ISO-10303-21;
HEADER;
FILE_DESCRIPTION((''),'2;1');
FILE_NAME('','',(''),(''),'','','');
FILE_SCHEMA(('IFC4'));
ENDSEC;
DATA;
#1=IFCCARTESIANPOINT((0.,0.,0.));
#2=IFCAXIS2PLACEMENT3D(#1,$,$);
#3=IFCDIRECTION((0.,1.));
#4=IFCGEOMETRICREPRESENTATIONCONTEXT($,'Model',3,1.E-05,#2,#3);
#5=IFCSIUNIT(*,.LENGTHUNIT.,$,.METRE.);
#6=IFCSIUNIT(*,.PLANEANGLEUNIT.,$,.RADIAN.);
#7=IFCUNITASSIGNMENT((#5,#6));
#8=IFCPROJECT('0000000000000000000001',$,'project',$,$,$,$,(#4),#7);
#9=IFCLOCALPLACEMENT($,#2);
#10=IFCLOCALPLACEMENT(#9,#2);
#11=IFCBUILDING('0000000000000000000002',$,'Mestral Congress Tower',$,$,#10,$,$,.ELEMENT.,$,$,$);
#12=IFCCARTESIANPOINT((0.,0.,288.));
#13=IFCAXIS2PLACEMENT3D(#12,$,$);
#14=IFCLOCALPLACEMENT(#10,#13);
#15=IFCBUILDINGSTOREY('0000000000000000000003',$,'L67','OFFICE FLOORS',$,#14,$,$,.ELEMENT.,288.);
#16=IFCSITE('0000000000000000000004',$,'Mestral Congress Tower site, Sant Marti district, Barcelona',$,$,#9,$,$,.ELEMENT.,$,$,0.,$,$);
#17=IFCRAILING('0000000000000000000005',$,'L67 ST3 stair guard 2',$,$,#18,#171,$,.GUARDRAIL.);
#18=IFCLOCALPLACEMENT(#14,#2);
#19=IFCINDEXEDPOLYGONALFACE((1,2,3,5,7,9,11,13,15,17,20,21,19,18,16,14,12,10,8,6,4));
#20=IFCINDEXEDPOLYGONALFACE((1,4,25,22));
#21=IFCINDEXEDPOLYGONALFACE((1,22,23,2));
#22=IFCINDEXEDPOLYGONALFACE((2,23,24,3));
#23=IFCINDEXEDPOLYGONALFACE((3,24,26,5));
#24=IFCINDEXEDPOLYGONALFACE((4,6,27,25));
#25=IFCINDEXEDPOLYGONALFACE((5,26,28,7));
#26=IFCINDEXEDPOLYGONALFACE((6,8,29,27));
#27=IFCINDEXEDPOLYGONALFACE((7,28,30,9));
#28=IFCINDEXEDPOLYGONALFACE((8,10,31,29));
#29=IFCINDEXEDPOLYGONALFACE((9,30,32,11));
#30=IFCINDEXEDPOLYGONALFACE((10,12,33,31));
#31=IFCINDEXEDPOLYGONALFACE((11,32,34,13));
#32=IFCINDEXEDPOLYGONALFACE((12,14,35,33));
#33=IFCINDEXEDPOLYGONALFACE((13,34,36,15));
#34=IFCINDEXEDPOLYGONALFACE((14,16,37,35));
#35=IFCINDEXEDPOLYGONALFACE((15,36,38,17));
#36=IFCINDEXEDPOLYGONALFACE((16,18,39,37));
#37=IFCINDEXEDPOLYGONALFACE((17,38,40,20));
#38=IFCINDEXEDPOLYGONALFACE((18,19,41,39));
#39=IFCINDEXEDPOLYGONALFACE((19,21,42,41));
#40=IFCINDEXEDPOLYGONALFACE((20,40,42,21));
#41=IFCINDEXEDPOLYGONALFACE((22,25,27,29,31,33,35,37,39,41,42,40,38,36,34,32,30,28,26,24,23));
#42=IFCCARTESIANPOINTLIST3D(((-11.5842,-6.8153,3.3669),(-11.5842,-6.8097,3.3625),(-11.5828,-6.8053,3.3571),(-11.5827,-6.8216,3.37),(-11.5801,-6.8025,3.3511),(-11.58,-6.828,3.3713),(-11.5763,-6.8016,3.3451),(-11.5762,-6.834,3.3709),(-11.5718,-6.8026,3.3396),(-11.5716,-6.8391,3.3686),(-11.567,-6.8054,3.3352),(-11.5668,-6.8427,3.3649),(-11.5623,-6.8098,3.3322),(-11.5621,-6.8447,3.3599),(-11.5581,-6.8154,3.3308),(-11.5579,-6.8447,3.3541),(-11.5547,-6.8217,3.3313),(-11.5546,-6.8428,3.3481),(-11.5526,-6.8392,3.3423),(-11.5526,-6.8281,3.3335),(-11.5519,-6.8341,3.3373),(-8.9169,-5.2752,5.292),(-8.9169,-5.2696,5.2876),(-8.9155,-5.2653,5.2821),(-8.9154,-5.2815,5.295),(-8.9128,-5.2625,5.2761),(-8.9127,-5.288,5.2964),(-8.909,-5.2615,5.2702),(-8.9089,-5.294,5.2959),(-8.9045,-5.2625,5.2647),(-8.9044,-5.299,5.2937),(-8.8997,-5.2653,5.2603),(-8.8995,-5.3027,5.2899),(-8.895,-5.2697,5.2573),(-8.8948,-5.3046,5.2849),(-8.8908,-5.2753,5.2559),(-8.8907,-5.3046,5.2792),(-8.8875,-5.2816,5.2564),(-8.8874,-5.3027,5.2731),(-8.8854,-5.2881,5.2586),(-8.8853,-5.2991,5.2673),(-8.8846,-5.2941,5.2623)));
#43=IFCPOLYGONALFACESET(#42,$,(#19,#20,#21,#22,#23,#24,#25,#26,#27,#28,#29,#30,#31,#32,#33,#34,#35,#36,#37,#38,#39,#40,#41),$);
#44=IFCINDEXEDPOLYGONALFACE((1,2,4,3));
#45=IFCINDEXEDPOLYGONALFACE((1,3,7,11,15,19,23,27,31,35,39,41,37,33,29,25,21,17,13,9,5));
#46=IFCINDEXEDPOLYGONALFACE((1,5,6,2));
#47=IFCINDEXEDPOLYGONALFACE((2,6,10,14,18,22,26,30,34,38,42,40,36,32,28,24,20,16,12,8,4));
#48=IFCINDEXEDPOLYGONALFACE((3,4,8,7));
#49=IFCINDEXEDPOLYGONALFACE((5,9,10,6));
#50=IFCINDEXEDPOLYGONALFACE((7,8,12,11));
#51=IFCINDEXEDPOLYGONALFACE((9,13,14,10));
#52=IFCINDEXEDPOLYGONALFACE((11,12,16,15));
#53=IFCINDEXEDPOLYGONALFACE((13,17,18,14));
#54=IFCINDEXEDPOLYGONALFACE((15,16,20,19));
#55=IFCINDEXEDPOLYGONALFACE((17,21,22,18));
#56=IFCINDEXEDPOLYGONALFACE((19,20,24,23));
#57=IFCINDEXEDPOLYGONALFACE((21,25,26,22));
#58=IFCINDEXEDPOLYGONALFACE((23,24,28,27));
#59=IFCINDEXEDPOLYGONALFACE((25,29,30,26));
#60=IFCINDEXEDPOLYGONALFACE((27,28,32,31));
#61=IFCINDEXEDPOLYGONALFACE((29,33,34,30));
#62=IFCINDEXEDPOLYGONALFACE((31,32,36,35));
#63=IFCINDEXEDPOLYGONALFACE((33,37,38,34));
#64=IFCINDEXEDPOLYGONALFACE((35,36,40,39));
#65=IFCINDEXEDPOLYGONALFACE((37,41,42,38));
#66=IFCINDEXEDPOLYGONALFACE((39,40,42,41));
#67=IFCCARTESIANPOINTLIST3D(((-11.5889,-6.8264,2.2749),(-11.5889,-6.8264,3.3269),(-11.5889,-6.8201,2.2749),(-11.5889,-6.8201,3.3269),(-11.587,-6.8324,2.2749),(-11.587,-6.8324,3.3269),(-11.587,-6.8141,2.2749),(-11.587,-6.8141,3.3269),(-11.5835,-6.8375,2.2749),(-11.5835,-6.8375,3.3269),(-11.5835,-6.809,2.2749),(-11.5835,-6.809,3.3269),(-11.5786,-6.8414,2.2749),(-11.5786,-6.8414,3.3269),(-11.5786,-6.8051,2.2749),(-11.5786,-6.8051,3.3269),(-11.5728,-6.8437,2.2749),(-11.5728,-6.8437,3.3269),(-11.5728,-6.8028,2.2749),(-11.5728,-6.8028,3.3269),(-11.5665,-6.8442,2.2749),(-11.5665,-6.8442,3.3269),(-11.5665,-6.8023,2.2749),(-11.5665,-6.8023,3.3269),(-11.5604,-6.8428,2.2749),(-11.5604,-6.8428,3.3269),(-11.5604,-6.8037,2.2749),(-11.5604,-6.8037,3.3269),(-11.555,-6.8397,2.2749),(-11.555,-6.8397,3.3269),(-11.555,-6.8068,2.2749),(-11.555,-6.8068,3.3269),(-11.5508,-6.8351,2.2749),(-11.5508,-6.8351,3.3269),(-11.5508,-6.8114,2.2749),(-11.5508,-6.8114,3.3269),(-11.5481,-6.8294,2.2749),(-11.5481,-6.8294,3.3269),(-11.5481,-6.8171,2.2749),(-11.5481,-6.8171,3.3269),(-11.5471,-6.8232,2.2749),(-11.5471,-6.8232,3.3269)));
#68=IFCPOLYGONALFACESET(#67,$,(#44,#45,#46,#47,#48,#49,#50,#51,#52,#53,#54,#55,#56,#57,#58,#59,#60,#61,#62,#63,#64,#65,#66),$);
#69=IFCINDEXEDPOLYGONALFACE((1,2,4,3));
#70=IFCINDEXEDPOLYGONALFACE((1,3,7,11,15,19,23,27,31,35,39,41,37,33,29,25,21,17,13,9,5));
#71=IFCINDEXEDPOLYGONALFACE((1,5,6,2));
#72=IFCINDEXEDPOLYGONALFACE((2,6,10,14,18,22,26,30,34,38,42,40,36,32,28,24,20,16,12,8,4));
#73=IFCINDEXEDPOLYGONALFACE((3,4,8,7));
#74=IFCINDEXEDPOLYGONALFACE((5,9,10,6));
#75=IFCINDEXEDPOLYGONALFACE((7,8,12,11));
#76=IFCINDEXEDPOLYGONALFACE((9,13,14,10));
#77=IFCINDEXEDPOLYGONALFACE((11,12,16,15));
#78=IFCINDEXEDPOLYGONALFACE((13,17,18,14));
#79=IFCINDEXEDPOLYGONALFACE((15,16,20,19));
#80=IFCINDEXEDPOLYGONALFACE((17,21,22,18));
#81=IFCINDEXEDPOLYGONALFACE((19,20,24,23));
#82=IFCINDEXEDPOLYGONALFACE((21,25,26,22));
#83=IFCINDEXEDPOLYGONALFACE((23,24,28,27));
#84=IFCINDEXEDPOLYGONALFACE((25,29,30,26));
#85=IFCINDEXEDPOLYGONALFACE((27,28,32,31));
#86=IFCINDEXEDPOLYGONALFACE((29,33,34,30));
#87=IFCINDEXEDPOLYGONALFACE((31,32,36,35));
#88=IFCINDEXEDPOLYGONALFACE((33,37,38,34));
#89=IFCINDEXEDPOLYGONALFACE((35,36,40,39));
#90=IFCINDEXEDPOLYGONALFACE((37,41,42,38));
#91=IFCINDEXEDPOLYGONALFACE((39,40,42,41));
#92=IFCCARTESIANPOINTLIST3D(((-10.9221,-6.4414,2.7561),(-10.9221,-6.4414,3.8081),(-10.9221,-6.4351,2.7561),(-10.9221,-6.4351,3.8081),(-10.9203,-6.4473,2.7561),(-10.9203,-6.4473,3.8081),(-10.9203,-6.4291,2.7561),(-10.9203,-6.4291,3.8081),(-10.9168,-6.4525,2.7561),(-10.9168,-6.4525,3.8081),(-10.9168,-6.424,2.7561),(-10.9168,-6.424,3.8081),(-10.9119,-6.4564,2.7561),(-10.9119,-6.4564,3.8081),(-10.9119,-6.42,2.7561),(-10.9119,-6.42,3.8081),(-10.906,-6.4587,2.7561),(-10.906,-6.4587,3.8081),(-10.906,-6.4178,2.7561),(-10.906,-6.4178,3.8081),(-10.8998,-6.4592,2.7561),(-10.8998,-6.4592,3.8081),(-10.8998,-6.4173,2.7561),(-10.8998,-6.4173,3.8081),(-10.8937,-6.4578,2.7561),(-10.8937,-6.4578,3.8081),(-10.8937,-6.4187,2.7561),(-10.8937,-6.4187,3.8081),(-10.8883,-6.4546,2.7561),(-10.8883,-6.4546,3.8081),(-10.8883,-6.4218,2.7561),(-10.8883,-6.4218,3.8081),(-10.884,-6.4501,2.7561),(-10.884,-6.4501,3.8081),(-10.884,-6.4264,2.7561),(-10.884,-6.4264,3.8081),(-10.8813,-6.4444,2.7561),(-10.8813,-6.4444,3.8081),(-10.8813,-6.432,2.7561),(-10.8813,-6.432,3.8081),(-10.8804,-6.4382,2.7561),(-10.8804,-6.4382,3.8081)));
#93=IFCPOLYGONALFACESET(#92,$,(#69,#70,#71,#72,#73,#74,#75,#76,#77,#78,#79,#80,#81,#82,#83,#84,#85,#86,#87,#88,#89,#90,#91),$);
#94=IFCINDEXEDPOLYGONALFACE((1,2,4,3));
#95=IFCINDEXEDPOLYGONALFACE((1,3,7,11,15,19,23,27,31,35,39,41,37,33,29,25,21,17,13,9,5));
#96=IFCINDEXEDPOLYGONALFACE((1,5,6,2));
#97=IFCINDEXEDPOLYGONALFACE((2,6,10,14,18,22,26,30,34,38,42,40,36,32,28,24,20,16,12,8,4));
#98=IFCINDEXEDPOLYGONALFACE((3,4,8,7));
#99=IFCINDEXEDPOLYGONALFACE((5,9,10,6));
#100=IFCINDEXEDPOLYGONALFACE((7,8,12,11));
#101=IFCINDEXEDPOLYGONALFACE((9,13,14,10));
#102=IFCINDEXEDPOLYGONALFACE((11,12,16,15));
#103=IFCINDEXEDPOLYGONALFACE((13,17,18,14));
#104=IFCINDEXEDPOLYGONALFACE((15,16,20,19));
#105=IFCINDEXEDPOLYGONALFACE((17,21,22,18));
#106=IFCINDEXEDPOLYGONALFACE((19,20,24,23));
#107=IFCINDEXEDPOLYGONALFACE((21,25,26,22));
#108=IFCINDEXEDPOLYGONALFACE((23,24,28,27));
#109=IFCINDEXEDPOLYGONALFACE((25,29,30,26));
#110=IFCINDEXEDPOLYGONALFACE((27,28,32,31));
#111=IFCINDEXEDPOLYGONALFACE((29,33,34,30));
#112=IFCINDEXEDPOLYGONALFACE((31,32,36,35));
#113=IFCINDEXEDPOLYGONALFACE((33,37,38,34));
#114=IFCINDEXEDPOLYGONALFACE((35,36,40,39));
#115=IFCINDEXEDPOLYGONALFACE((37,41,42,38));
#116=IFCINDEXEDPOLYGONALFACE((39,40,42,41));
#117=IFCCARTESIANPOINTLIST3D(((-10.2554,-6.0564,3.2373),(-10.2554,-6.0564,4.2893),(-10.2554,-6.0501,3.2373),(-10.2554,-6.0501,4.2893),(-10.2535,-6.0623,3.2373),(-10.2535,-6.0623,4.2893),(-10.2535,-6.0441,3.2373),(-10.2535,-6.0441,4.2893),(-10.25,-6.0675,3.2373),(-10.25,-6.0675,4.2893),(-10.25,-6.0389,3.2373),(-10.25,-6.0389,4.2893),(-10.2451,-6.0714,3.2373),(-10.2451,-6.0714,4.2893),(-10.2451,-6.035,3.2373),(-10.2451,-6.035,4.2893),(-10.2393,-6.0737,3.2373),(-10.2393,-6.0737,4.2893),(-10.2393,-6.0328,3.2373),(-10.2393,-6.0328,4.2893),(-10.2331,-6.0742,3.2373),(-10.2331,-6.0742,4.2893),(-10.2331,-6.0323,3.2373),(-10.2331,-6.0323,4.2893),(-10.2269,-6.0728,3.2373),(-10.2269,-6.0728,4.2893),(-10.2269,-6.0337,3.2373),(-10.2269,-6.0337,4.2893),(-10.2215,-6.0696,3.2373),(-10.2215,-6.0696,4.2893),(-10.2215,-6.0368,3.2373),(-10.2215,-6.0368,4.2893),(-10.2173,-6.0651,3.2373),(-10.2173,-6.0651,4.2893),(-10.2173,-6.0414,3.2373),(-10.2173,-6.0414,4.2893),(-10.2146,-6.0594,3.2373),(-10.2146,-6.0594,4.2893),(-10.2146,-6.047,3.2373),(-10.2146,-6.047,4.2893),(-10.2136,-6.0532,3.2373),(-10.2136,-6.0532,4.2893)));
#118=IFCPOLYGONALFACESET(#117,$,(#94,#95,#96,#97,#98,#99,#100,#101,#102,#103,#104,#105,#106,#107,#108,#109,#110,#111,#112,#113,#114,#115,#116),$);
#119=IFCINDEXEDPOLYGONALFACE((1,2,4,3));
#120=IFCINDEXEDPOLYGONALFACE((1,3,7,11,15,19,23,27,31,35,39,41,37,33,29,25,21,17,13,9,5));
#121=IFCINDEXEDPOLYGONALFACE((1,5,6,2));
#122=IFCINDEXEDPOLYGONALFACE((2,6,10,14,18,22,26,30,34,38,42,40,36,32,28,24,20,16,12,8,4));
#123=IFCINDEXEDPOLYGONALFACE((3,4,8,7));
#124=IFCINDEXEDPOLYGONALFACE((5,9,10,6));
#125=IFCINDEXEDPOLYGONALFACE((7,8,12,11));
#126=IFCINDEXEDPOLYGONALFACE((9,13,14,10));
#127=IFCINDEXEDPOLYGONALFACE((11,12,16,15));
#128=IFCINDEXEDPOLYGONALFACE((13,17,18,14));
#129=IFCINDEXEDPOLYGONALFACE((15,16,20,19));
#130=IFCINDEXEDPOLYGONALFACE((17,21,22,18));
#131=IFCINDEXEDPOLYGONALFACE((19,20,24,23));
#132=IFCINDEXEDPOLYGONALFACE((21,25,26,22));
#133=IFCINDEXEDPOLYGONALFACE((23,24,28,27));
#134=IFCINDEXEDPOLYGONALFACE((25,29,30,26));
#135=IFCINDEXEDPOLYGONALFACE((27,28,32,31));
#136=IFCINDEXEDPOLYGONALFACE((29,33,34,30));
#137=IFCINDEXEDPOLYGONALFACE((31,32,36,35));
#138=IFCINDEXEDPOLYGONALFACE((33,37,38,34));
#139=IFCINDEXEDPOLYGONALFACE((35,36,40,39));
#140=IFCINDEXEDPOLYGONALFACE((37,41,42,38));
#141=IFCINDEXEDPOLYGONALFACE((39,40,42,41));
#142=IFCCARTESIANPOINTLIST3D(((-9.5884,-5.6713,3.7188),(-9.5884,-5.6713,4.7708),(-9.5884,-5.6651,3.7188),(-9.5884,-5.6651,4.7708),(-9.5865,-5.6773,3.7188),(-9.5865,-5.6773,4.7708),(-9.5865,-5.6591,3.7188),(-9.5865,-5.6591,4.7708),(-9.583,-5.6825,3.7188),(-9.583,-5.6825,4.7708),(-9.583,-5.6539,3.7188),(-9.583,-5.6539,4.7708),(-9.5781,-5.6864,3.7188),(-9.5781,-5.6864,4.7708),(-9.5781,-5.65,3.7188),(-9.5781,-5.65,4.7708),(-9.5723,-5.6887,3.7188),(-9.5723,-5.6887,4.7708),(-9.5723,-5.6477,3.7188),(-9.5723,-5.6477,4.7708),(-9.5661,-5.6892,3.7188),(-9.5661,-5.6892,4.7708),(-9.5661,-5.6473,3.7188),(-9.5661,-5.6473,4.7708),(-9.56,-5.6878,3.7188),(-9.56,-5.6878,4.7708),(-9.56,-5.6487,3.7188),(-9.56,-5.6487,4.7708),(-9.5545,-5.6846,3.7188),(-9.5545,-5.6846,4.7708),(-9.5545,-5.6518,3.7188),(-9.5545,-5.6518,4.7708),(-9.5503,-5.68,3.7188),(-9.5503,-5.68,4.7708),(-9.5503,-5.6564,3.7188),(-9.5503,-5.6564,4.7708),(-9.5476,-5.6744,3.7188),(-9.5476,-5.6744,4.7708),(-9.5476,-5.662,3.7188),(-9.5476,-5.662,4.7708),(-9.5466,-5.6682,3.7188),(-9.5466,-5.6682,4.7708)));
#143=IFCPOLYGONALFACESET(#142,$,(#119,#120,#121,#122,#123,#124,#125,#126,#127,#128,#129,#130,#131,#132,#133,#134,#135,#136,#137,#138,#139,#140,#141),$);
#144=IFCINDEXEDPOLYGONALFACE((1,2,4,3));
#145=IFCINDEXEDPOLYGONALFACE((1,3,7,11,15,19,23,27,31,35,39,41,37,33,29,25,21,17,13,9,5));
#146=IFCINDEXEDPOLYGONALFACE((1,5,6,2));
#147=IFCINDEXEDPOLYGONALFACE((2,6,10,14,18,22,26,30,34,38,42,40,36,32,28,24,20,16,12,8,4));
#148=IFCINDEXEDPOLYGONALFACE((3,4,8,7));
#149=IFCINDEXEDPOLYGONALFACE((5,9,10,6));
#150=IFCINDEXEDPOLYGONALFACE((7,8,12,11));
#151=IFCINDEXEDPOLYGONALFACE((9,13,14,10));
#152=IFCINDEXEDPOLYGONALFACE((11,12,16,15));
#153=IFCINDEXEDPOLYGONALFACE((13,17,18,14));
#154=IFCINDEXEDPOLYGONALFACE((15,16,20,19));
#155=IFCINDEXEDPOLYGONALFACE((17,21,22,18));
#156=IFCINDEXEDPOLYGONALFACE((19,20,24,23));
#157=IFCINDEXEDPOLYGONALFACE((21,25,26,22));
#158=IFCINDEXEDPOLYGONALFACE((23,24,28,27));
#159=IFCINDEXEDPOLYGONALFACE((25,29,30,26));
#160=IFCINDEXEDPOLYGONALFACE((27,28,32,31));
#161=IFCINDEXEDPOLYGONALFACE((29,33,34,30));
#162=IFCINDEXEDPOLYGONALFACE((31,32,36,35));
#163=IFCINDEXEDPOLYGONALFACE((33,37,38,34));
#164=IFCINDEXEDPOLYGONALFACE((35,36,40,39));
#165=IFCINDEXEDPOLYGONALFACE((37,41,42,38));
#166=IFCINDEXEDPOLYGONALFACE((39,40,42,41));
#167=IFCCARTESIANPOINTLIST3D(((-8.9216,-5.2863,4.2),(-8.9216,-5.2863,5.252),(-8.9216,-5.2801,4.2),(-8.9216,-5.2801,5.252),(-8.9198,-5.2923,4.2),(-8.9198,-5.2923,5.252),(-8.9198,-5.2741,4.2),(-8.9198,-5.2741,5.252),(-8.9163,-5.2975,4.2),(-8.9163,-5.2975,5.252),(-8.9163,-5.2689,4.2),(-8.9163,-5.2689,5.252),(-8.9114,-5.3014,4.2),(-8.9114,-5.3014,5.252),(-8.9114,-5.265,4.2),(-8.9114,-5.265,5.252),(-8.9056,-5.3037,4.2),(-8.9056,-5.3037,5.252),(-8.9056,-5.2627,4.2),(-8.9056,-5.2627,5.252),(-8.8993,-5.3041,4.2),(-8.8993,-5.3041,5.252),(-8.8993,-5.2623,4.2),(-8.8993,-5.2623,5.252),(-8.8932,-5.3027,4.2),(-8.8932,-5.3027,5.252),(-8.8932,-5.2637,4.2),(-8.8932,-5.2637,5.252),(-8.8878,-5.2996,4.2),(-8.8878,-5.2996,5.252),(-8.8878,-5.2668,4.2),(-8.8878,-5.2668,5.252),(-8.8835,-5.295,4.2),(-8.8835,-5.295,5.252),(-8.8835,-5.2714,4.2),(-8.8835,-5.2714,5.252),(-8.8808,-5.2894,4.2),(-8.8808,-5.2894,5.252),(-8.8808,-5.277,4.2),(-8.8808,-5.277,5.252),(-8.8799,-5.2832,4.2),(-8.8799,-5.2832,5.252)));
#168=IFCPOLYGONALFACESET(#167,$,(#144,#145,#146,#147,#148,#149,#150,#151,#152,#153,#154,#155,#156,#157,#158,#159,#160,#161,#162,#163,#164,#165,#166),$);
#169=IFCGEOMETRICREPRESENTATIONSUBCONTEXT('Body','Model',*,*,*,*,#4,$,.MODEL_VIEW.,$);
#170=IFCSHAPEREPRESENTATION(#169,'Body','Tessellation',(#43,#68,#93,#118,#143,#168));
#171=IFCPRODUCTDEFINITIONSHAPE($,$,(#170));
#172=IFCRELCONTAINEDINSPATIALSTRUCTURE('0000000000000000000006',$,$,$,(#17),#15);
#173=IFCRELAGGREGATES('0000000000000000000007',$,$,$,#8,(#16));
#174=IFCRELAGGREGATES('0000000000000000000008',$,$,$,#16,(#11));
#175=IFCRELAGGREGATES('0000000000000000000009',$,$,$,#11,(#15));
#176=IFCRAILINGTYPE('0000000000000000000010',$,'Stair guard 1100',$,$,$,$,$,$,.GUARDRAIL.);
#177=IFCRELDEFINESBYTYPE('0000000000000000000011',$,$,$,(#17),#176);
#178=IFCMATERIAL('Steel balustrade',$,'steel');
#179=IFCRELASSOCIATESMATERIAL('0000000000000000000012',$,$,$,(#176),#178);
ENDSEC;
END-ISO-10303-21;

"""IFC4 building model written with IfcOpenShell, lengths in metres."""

from ifc_helpers import new_model, si_unit, direction, frame, origin, origin_2d, place, context, subcontext, project, spatial, circle, extrude, material, type_object, element, save


model = new_model("IFC4")

# Units and contexts
model_context = context("Model", 3, precision=1e-05, world=origin(), true_north=direction((0.0, 1.0)))
body_context = subcontext(model_context, "Body", "Model", "MODEL_VIEW")
ifc_project = project(units=[si_unit("LENGTHUNIT", "METRE"), si_unit("PLANEANGLEUNIT", "RADIAN")], contexts=[model_context])

# Site, building, storey
site_placement = place(None, origin())
site = spatial("IfcSite", under=ifc_project, at=site_placement, Name="Mestral Congress Tower site, Sant Marti district, Barcelona", CompositionType="ELEMENT", RefElevation=0.0)
building_placement = place(site_placement, origin())
building = spatial("IfcBuilding", under=site, at=building_placement, Name="Mestral Congress Tower", CompositionType="ELEMENT")
storey_placement = place(building_placement, frame((0.0, 0.0, 288.0)))
storey = spatial("IfcBuildingStorey", under=building, at=storey_placement, Name="L67", Description="OFFICE FLOORS", CompositionType="ELEMENT", Elevation=288.0)

# Railing
ifc_material_1 = material(Name="Steel balustrade", Category="steel")
railing_type_1 = type_object("IfcRailingType", Name="Stair guard 1100", PredefinedType="GUARDRAIL", material=ifc_material_1)
railing_1_placement = place(storey_placement, frame((-11.5681, -6.8232, 2.2749)))
element("IfcRailing", 1, at=railing_1_placement, inside=storey, type_object=railing_type_1, Name="L67 ST3 stair guard 2", PredefinedType="GUARDRAIL", context=body_context, shape_type="SweptSolid", body=[
    extrude(circle(Radius=0.0239, at=origin_2d()), frame((0.0, 0.0, 1.0762), z_axis=(0.734364, 0.424015, 0.530019), x_axis=(-0.500027, 0.86601, 0.0)), (0.0, 0.0, 1.0), 3.6321),
    extrude(circle(Radius=0.021, at=origin_2d()), origin(), (0.0, 0.0, 1.0), 1.052),
    extrude(circle(Radius=0.021, at=origin_2d()), frame((0.6667, 0.385, 0.4812)), (0.0, 0.0, 1.0), 1.052),
    extrude(circle(Radius=0.021, at=origin_2d()), frame((1.3335, 0.77, 0.9624)), (0.0, 0.0, 1.0), 1.052),
    extrude(circle(Radius=0.021, at=origin_2d()), frame((2.0005, 1.155, 1.4438)), (0.0, 0.0, 1.0), 1.052),
    extrude(circle(Radius=0.021, at=origin_2d()), frame((2.6672, 1.54, 1.925)), (0.0, 0.0, 1.0), 1.052),
])

save(model, "model.ifc")
